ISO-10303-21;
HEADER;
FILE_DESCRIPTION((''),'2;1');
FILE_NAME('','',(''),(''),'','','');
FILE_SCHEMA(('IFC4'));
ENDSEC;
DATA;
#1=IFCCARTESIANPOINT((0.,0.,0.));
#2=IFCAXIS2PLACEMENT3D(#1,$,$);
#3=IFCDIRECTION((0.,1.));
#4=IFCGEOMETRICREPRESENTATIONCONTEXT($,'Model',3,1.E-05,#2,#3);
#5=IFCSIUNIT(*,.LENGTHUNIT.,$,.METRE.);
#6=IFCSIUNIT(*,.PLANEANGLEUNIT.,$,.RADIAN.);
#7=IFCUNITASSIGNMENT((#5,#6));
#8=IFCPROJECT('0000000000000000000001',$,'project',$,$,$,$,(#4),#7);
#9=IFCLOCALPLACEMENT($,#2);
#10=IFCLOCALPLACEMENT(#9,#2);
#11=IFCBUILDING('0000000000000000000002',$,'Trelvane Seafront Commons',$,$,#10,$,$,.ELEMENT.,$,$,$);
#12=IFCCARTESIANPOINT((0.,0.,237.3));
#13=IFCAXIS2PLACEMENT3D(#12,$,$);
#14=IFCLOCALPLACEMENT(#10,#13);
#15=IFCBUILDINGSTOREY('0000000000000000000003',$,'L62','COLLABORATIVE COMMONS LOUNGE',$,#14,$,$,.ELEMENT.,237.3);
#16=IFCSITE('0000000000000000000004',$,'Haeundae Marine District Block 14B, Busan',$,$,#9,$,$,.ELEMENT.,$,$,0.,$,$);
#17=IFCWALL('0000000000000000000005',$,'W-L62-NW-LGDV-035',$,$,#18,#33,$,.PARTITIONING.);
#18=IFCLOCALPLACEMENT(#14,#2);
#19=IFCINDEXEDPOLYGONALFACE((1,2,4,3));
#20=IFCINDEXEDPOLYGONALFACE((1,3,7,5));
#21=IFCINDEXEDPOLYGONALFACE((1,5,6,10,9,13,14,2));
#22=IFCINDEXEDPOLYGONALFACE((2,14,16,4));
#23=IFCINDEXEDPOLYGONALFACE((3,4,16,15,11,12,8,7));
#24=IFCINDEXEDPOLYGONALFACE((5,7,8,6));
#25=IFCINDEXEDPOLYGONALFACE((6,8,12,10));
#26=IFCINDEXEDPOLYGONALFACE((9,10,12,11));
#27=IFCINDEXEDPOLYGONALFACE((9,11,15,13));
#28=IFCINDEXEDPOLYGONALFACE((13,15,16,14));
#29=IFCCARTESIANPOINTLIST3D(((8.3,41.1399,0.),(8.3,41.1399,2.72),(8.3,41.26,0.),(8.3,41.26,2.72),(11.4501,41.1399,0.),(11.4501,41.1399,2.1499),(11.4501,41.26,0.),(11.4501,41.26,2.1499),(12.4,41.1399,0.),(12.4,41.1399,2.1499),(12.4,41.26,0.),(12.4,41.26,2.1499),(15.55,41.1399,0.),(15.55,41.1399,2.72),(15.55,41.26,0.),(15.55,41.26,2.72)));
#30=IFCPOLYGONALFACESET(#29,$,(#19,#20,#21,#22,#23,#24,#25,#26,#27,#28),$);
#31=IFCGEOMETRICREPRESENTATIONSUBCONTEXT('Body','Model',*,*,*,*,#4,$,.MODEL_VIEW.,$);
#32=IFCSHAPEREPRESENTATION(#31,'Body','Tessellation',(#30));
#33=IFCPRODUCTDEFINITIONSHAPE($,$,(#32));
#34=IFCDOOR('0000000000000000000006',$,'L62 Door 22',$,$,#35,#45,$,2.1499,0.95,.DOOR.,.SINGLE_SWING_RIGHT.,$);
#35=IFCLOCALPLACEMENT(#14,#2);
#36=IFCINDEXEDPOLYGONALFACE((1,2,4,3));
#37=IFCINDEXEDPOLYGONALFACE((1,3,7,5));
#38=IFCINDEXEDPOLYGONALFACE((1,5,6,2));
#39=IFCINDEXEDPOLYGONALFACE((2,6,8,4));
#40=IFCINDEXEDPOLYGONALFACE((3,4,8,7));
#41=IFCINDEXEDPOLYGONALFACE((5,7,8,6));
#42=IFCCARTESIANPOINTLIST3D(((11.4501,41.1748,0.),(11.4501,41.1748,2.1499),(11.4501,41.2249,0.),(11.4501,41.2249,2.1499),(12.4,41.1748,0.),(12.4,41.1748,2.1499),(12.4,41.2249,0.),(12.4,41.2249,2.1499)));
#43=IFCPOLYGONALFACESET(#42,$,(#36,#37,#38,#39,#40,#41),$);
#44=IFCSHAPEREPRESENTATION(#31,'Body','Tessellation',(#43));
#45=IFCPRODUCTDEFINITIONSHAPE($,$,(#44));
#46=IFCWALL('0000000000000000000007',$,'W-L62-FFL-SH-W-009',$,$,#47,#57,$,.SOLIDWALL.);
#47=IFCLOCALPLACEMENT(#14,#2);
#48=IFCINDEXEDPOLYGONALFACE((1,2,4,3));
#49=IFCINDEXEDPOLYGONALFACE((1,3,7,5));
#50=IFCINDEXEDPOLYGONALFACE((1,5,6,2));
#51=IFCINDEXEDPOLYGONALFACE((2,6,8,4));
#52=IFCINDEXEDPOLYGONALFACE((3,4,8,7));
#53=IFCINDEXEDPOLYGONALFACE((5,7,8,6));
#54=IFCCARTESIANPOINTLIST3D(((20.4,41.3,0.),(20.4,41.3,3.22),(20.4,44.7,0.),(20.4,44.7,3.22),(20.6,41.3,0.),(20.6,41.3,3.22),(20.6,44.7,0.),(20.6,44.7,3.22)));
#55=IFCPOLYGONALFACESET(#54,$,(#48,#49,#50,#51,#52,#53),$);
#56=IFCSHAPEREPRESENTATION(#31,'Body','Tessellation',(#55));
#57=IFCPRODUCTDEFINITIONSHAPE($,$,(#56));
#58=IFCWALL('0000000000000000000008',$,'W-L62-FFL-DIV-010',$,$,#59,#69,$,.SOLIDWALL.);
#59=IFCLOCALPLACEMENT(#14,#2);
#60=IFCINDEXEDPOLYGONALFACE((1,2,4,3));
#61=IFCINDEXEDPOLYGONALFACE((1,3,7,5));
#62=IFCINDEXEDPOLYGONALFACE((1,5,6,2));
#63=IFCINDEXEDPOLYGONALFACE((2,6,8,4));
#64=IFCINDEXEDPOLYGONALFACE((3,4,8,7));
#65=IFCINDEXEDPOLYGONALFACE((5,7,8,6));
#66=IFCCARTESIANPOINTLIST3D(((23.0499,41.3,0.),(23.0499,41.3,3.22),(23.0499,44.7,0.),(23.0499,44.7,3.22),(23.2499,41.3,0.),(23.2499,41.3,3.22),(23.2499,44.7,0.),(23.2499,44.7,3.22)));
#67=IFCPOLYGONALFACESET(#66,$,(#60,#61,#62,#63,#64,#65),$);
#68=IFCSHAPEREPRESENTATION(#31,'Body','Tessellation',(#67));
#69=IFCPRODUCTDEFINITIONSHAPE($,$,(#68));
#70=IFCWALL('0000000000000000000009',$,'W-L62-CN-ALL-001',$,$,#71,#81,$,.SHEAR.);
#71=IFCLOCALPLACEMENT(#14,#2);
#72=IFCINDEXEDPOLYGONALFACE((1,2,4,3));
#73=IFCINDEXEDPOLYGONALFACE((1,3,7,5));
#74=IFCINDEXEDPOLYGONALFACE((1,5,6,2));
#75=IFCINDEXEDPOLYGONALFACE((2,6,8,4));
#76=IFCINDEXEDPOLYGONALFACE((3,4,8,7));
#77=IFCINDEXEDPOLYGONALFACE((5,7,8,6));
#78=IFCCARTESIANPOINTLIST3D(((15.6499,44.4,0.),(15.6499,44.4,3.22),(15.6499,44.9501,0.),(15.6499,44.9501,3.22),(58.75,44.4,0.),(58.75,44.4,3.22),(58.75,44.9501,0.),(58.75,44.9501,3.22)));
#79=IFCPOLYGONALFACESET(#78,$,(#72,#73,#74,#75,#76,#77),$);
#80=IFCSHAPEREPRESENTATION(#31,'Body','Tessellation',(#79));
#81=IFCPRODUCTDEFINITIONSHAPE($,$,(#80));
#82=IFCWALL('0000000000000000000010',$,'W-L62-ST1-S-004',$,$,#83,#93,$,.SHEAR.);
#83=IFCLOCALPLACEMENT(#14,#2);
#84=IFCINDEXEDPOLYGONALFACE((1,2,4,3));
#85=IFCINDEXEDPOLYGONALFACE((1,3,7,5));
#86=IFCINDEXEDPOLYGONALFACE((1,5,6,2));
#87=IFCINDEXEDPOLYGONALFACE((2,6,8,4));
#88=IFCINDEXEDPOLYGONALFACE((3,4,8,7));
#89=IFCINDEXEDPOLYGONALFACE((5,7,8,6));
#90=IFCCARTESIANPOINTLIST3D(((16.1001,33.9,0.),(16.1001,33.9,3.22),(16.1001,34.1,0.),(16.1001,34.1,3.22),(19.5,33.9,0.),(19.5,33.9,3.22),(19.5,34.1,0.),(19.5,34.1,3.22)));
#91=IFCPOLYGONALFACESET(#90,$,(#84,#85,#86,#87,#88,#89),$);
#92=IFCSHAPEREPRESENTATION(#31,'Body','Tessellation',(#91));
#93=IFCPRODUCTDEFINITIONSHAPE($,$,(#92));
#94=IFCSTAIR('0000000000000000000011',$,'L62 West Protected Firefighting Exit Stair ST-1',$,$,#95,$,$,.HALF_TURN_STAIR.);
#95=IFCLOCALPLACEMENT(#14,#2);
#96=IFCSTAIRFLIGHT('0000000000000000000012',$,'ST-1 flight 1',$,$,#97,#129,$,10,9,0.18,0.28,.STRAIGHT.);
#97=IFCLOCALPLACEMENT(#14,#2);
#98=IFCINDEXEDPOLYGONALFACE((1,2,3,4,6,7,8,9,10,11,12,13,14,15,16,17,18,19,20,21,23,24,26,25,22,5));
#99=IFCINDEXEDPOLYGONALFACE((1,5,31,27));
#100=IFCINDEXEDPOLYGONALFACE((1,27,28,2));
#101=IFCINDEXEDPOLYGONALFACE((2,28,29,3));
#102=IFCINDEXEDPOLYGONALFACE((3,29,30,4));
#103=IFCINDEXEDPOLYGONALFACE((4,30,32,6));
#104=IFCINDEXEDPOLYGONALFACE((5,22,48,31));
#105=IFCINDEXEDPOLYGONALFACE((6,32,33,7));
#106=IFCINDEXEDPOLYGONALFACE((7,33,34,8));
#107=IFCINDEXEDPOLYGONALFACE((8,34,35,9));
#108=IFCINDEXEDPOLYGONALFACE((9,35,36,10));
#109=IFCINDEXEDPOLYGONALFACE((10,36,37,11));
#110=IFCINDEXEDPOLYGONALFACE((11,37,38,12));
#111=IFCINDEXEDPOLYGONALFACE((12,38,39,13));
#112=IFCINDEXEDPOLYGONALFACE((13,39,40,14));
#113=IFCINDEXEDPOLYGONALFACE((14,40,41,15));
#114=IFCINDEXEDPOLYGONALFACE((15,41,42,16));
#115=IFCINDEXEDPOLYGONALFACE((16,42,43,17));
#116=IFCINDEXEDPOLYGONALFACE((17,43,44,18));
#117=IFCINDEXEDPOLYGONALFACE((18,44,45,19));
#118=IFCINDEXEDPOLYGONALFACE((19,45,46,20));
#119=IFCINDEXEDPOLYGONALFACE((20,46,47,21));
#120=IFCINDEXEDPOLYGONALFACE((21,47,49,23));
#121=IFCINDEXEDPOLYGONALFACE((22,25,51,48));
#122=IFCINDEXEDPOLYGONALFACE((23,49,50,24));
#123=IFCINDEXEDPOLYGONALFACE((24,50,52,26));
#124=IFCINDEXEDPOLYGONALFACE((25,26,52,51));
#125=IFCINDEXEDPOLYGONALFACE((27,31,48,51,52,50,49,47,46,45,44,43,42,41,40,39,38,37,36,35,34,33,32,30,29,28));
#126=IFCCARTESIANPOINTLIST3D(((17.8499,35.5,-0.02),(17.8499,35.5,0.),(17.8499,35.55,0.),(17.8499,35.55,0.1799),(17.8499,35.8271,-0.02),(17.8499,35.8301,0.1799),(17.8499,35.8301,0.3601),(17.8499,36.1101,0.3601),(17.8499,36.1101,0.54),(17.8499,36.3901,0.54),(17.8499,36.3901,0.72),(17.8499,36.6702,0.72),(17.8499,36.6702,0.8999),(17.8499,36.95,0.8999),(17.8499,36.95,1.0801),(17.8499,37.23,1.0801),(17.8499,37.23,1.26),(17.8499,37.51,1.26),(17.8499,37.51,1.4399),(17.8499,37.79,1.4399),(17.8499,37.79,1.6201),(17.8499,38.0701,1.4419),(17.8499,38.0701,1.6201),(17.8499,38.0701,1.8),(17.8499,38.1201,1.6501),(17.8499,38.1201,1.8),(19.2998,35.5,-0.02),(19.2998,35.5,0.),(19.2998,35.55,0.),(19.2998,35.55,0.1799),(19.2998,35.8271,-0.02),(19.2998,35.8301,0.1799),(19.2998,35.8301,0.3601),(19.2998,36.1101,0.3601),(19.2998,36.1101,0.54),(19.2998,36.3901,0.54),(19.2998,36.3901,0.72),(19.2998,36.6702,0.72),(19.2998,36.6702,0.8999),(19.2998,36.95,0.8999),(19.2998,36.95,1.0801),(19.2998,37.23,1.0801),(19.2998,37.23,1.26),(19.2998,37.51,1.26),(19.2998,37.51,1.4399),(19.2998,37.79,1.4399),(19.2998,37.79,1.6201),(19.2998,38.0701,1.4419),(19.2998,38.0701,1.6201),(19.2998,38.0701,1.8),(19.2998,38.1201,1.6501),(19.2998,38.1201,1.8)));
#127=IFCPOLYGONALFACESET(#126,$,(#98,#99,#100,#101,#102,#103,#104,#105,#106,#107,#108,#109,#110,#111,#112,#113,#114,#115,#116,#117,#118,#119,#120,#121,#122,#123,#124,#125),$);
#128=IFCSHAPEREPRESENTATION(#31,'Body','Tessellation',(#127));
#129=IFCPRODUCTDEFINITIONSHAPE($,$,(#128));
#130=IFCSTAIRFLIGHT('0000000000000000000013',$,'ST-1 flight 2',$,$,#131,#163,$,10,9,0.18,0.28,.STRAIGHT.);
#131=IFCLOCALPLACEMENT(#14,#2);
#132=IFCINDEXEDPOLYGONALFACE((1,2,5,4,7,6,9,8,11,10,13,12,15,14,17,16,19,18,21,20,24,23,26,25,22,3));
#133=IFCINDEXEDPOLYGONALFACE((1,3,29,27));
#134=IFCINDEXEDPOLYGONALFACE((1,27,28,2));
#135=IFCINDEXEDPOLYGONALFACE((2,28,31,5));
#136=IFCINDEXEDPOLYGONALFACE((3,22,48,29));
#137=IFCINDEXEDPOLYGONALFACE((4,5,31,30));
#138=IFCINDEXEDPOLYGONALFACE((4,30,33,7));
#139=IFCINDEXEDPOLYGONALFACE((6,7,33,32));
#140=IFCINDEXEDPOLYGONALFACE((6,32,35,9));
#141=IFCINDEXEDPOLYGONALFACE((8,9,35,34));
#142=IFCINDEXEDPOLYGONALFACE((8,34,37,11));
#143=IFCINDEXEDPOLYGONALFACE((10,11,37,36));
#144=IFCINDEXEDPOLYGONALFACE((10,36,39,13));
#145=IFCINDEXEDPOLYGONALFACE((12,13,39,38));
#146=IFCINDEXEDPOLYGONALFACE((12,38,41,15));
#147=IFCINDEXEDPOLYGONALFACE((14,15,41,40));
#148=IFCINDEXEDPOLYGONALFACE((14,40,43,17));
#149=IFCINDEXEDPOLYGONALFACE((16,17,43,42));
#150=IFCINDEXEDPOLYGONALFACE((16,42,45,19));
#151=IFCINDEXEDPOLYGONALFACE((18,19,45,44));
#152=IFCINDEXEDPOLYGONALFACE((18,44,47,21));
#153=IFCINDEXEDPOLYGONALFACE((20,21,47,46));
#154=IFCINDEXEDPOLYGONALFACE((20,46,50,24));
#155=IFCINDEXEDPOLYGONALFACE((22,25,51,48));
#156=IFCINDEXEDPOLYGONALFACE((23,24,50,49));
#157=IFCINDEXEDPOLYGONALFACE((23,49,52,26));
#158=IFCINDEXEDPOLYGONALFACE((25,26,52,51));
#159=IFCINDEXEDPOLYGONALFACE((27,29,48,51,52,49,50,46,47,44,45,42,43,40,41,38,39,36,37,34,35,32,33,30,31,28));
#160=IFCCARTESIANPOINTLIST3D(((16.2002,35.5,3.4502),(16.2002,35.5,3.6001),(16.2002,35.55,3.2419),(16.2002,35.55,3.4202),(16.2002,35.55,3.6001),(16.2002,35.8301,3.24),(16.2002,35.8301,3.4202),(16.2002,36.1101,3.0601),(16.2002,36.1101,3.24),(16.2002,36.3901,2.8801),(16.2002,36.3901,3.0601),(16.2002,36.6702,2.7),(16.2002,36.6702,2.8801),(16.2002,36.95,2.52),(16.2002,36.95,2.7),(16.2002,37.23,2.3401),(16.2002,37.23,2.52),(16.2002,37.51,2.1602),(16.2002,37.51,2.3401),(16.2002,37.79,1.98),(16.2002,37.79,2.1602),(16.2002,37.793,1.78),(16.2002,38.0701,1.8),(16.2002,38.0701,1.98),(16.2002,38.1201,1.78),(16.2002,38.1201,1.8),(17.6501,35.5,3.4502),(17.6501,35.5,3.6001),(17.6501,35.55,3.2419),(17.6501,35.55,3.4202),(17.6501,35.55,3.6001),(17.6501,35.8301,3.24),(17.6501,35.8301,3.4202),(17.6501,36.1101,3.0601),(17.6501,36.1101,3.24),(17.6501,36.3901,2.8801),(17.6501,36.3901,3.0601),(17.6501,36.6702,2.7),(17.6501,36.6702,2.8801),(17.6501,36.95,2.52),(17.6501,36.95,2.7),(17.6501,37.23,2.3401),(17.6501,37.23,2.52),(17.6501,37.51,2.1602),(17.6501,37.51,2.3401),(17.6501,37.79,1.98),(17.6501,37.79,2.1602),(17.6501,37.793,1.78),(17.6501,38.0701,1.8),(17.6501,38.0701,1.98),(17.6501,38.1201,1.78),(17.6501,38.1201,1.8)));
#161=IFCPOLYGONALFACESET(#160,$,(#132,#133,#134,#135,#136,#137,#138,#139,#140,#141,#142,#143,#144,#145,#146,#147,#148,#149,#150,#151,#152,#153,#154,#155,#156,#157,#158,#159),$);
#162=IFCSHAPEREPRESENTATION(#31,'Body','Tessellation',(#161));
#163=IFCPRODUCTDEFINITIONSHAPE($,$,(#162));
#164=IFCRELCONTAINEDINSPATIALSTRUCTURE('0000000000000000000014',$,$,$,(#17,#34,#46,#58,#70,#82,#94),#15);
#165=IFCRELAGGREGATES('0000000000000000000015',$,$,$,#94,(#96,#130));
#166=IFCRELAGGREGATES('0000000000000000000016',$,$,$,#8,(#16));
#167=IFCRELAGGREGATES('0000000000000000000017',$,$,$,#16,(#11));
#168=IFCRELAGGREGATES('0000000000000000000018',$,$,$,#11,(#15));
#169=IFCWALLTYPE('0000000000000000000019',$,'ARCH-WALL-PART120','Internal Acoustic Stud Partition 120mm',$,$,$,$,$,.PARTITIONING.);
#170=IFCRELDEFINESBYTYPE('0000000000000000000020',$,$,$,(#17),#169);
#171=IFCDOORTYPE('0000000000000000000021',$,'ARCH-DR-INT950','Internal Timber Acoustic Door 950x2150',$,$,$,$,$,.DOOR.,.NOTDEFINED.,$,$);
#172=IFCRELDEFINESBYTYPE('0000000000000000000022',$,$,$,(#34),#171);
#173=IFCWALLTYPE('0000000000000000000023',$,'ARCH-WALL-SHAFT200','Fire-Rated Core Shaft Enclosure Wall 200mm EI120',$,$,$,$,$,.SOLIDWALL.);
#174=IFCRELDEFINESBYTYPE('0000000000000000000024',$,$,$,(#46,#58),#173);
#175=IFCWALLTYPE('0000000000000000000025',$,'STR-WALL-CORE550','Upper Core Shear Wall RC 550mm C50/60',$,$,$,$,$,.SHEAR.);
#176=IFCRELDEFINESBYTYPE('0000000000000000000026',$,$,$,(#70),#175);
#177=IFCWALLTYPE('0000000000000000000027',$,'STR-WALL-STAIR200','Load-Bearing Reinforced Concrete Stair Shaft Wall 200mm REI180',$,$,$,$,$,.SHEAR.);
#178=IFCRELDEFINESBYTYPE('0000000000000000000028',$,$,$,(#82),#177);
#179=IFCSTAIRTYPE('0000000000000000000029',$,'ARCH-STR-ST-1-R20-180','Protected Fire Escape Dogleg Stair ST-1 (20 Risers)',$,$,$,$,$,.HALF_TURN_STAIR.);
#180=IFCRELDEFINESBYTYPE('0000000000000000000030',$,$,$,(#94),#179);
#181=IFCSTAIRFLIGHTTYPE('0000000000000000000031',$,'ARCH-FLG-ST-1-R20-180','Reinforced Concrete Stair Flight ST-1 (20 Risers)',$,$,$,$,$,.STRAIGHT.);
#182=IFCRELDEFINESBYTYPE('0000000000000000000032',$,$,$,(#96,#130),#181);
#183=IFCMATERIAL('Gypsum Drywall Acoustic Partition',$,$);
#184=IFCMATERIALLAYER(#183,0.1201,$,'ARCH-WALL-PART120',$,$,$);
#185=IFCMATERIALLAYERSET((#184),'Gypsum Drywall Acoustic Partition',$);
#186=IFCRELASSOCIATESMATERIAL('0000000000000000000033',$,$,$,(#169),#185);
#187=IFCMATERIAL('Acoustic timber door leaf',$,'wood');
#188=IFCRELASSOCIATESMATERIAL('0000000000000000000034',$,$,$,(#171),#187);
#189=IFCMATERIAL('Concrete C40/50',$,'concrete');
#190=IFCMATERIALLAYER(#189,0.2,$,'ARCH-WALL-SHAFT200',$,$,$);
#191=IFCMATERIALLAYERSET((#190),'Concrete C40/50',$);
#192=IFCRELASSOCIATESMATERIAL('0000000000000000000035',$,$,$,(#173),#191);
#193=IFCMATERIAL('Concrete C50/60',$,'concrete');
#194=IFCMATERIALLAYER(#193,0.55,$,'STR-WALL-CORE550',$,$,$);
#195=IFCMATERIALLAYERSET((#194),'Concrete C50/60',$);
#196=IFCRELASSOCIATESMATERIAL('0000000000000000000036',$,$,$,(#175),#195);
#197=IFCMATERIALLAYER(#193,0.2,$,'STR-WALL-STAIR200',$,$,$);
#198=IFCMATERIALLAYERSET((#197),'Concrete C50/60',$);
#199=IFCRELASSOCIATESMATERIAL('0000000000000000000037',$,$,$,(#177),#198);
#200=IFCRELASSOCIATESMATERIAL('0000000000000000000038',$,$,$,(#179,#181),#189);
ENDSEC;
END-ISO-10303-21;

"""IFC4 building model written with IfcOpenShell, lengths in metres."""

from ifc_helpers import new_model, si_unit, direction, frame, frame_2d, origin, place, context, subcontext, project, spatial, polyline, rectangle, outline, extrude, source, transform, mapped, material, layer, layer_set, type_object, element, fill, aggregate, save


model = new_model("IFC4")

# Units and contexts
model_context = context("Model", 3, precision=1e-05, world=origin(), true_north=direction((0.0, 1.0)))
body_context = subcontext(model_context, "Body", "Model", "MODEL_VIEW")
ifc_project = project(units=[si_unit("LENGTHUNIT", "METRE"), si_unit("PLANEANGLEUNIT", "RADIAN")], contexts=[model_context])

# Site, building, storey
site_placement = place(None, origin())
site = spatial("IfcSite", under=ifc_project, at=site_placement, Name="Haeundae Marine District Block 14B, Busan", CompositionType="ELEMENT", RefElevation=0.0)
building_placement = place(site_placement, origin())
building = spatial("IfcBuilding", under=site, at=building_placement, Name="Trelvane Seafront Commons", CompositionType="ELEMENT")
storey_placement = place(building_placement, frame((0.0, 0.0, 237.3)))
storey = spatial("IfcBuildingStorey", under=building, at=storey_placement, Name="L62", Description="COLLABORATIVE COMMONS LOUNGE", CompositionType="ELEMENT", Elevation=237.3)

# Shared definitions
ifc_material_1 = material(Name="Concrete C50/60", Category="concrete")

# Wall, opening, door
ifc_material_2 = material(Name="Gypsum Drywall Acoustic Partition")
ifc_layer_1 = layer(ifc_material_2, 0.1201, Name="ARCH-WALL-PART120")
ifc_layer_set_1 = layer_set([ifc_layer_1], Name="Gypsum Drywall Acoustic Partition")
wall_type_1 = type_object("IfcWallType", Name="ARCH-WALL-PART120", Description="Internal Acoustic Stud Partition 120mm", PredefinedType="PARTITIONING", material=ifc_layer_set_1)
wall_1_placement = place(storey_placement, frame((8.3, 41.2, 0.0), z_axis=(0.0, 0.0, 1.0), x_axis=(1.0, 0.0, 0.0)))
wall_1 = element("IfcWall", 1, at=wall_1_placement, inside=storey, type_object=wall_type_1, Name="W-L62-NW-LGDV-035", PredefinedType="PARTITIONING", context=body_context, shape_type="SweptSolid", body=[
    extrude(rectangle(XDim=7.25, YDim=0.1201, at=frame_2d((3.625, 0.0))), origin(), (0.0, 0.0, 1.0), 2.72),
])
opening_1_placement = place(wall_1_placement, frame((3.1499, 0.0, 0.0)))
opening_1 = element("IfcOpeningElement", 2, at=opening_1_placement, cuts=wall_1, PredefinedType="OPENING", context=body_context, shape_type="SweptSolid", body=[
    extrude(rectangle(XDim=0.95, YDim=2.1499, at=frame_2d((0.4751, 1.075))), frame((0.0, 0.0701, 0.0), z_axis=(0.0, -1.0, 0.0), x_axis=(1.0, 0.0, 0.0)), (0.0, 0.0, 1.0), 0.1401),
])
ifc_material_3 = material(Name="Acoustic timber door leaf", Category="wood")
door_type_1 = type_object("IfcDoorType", Name="ARCH-DR-INT950", Description="Internal Timber Acoustic Door 950x2150", OperationType="NOTDEFINED", PredefinedType="DOOR", material=ifc_material_3)
shared_shape_1 = source(origin(), body_context, "Body", "SweptSolid", [
    extrude(rectangle(XDim=0.95, YDim=2.1499, at=frame_2d((0.4751, 1.075))), frame((0.0, 0.0249, 0.0), z_axis=(0.0, -1.0, 0.0), x_axis=(1.0, 0.0, 0.0)), (0.0, 0.0, 1.0), 0.05),
])
door_1_placement = place(opening_1_placement, origin())
door_1 = element("IfcDoor", 3, at=door_1_placement, inside=storey, type_object=door_type_1, Name="L62 Door 22", OperationType="SINGLE_SWING_RIGHT", OverallHeight=2.1499, OverallWidth=0.95, PredefinedType="DOOR", context=body_context, shape_type="MappedRepresentation", body=[
    mapped(shared_shape_1, transform((0.0, 0.0, 0.0), x_axis=(1.0, 0.0, 0.0), y_axis=(0.0, 1.0, 0.0), z_axis=(0.0, 0.0, 1.0), scale=1.0)),
])
fill(opening_1, door_1)

# Shared definitions
ifc_material_4 = material(Name="Concrete C40/50", Category="concrete")
ifc_layer_2 = layer(ifc_material_4, 0.2, Name="ARCH-WALL-SHAFT200")
ifc_layer_set_2 = layer_set([ifc_layer_2], Name="Concrete C40/50")
wall_type_2 = type_object("IfcWallType", Name="ARCH-WALL-SHAFT200", Description="Fire-Rated Core Shaft Enclosure Wall 200mm EI120", PredefinedType="SOLIDWALL", material=ifc_layer_set_2)

# Walls
for number, where, z_axis, x_axis, name in (
    (4, (20.5, 41.3, 0.0), (0.0, 0.0, 1.0), (0.0, 1.0, 0.0), "W-L62-FFL-SH-W-009"),
    (5, (23.1499, 41.3, 0.0), (0.0, 0.0, 1.0), (0.0, 1.0, 0.0), "W-L62-FFL-DIV-010"),
):
    element("IfcWall", number, at=place(storey_placement, frame(where, z_axis=z_axis, x_axis=x_axis)), inside=storey, type_object=wall_type_2, Name=name, PredefinedType="SOLIDWALL", context=body_context, shape_type="SweptSolid", body=[
        extrude(rectangle(XDim=3.3999, YDim=0.2, at=frame_2d((1.7, 0.0))), origin(), (0.0, 0.0, 1.0), 3.22),
    ])
ifc_layer_3 = layer(ifc_material_1, 0.55, Name="STR-WALL-CORE550")
ifc_layer_set_3 = layer_set([ifc_layer_3], Name="Concrete C50/60")
wall_type_3 = type_object("IfcWallType", Name="STR-WALL-CORE550", Description="Upper Core Shear Wall RC 550mm C50/60", PredefinedType="SHEAR", material=ifc_layer_set_3)
wall_2_placement = place(storey_placement, frame((15.6499, 44.675, 0.0), z_axis=(0.0, 0.0, 1.0), x_axis=(1.0, 0.0, 0.0)))
element("IfcWall", 6, at=wall_2_placement, inside=storey, type_object=wall_type_3, Name="W-L62-CN-ALL-001", PredefinedType="SHEAR", context=body_context, shape_type="SweptSolid", body=[
    extrude(rectangle(XDim=43.1001, YDim=0.55, at=frame_2d((21.55, 0.0))), origin(), (0.0, 0.0, 1.0), 3.22),
])
ifc_layer_4 = layer(ifc_material_1, 0.2, Name="STR-WALL-STAIR200")
ifc_layer_set_4 = layer_set([ifc_layer_4], Name="Concrete C50/60")
wall_type_4 = type_object("IfcWallType", Name="STR-WALL-STAIR200", Description="Load-Bearing Reinforced Concrete Stair Shaft Wall 200mm REI180", PredefinedType="SHEAR", material=ifc_layer_set_4)
wall_3_placement = place(storey_placement, frame((16.1001, 34.0, 0.0), z_axis=(0.0, 0.0, 1.0), x_axis=(1.0, 0.0, 0.0)))
element("IfcWall", 7, at=wall_3_placement, inside=storey, type_object=wall_type_4, Name="W-L62-ST1-S-004", PredefinedType="SHEAR", context=body_context, shape_type="SweptSolid", body=[
    extrude(rectangle(XDim=3.3999, YDim=0.2, at=frame_2d((1.7, 0.0))), origin(), (0.0, 0.0, 1.0), 3.22),
])

# Stair, stair flights
stair_type = type_object("IfcStairType", Name="ARCH-STR-ST-1-R20-180", Description="Protected Fire Escape Dogleg Stair ST-1 (20 Risers)", PredefinedType="HALF_TURN_STAIR", material=ifc_material_4)
stair_placement = place(storey_placement, origin())
stair = element("IfcStair", 8, at=stair_placement, inside=storey, type_object=stair_type, Name="L62 West Protected Firefighting Exit Stair ST-1", PredefinedType="HALF_TURN_STAIR")
stair_flight_type = type_object("IfcStairFlightType", Name="ARCH-FLG-ST-1-R20-180", Description="Reinforced Concrete Stair Flight ST-1 (20 Risers)", PredefinedType="STRAIGHT", material=ifc_material_4)
shared_shape_2 = source(origin(), body_context, "Body", "SweptSolid", [
    extrude(outline(polyline([(-0.05, -0.02), (-0.05, 0.0), (0.0, 0.0), (0.0, 0.1799), (0.28, 0.1799), (0.28, 0.3601), (0.5601, 0.3601), (0.5601, 0.54), (0.8401, 0.54), (0.8401, 0.72), (1.1201, 0.72), (1.1201, 0.8999), (1.3999, 0.8999), (1.3999, 1.0801), (1.6799, 1.0801), (1.6799, 1.26), (1.96, 1.26), (1.96, 1.4399), (2.24, 1.4399), (2.24, 1.6201), (2.52, 1.6201), (2.52, 1.8), (2.5701, 1.8), (2.5701, 1.6501), (2.52, 1.4419), (0.2771, -0.02), (-0.05, -0.02)])), frame((0.0, 0.7251, 0.0), z_axis=(0.0, -1.0, 0.0), x_axis=(1.0, 0.0, 0.0)), (0.0, 0.0, 1.0), 1.45),
])
stair_flight_1_placement = place(storey_placement, frame((18.575, 35.55, 0.0), z_axis=(0.0, 0.0, 1.0), x_axis=(0.0, 1.0, 0.0)))
stair_flight_1 = element("IfcStairFlight", 9, at=stair_flight_1_placement, type_object=stair_flight_type, Name="ST-1 flight 1", NumberOfRisers=10, NumberOfTreads=9, PredefinedType="STRAIGHT", RiserHeight=0.18, TreadLength=0.28, context=body_context, shape_type="MappedRepresentation", body=[
    mapped(shared_shape_2, transform((0.0, 0.0, 0.0), x_axis=(1.0, 0.0, 0.0), y_axis=(0.0, 1.0, 0.0), z_axis=(0.0, 0.0, 1.0), scale=1.0)),
])
stair_flight_2_placement = place(storey_placement, frame((16.925, 38.0701, 1.8), z_axis=(0.0, 0.0, 1.0), x_axis=(0.0, -1.0, 0.0)))
stair_flight_2 = element("IfcStairFlight", 10, at=stair_flight_2_placement, type_object=stair_flight_type, Name="ST-1 flight 2", NumberOfRisers=10, NumberOfTreads=9, PredefinedType="STRAIGHT", RiserHeight=0.18, TreadLength=0.28, context=body_context, shape_type="MappedRepresentation", body=[
    mapped(shared_shape_2, transform((0.0, 0.0, 0.0), x_axis=(1.0, 0.0, 0.0), y_axis=(0.0, 1.0, 0.0), z_axis=(0.0, 0.0, 1.0), scale=1.0)),
])
aggregate(stair, [stair_flight_1, stair_flight_2])

save(model, "model.ifc")
